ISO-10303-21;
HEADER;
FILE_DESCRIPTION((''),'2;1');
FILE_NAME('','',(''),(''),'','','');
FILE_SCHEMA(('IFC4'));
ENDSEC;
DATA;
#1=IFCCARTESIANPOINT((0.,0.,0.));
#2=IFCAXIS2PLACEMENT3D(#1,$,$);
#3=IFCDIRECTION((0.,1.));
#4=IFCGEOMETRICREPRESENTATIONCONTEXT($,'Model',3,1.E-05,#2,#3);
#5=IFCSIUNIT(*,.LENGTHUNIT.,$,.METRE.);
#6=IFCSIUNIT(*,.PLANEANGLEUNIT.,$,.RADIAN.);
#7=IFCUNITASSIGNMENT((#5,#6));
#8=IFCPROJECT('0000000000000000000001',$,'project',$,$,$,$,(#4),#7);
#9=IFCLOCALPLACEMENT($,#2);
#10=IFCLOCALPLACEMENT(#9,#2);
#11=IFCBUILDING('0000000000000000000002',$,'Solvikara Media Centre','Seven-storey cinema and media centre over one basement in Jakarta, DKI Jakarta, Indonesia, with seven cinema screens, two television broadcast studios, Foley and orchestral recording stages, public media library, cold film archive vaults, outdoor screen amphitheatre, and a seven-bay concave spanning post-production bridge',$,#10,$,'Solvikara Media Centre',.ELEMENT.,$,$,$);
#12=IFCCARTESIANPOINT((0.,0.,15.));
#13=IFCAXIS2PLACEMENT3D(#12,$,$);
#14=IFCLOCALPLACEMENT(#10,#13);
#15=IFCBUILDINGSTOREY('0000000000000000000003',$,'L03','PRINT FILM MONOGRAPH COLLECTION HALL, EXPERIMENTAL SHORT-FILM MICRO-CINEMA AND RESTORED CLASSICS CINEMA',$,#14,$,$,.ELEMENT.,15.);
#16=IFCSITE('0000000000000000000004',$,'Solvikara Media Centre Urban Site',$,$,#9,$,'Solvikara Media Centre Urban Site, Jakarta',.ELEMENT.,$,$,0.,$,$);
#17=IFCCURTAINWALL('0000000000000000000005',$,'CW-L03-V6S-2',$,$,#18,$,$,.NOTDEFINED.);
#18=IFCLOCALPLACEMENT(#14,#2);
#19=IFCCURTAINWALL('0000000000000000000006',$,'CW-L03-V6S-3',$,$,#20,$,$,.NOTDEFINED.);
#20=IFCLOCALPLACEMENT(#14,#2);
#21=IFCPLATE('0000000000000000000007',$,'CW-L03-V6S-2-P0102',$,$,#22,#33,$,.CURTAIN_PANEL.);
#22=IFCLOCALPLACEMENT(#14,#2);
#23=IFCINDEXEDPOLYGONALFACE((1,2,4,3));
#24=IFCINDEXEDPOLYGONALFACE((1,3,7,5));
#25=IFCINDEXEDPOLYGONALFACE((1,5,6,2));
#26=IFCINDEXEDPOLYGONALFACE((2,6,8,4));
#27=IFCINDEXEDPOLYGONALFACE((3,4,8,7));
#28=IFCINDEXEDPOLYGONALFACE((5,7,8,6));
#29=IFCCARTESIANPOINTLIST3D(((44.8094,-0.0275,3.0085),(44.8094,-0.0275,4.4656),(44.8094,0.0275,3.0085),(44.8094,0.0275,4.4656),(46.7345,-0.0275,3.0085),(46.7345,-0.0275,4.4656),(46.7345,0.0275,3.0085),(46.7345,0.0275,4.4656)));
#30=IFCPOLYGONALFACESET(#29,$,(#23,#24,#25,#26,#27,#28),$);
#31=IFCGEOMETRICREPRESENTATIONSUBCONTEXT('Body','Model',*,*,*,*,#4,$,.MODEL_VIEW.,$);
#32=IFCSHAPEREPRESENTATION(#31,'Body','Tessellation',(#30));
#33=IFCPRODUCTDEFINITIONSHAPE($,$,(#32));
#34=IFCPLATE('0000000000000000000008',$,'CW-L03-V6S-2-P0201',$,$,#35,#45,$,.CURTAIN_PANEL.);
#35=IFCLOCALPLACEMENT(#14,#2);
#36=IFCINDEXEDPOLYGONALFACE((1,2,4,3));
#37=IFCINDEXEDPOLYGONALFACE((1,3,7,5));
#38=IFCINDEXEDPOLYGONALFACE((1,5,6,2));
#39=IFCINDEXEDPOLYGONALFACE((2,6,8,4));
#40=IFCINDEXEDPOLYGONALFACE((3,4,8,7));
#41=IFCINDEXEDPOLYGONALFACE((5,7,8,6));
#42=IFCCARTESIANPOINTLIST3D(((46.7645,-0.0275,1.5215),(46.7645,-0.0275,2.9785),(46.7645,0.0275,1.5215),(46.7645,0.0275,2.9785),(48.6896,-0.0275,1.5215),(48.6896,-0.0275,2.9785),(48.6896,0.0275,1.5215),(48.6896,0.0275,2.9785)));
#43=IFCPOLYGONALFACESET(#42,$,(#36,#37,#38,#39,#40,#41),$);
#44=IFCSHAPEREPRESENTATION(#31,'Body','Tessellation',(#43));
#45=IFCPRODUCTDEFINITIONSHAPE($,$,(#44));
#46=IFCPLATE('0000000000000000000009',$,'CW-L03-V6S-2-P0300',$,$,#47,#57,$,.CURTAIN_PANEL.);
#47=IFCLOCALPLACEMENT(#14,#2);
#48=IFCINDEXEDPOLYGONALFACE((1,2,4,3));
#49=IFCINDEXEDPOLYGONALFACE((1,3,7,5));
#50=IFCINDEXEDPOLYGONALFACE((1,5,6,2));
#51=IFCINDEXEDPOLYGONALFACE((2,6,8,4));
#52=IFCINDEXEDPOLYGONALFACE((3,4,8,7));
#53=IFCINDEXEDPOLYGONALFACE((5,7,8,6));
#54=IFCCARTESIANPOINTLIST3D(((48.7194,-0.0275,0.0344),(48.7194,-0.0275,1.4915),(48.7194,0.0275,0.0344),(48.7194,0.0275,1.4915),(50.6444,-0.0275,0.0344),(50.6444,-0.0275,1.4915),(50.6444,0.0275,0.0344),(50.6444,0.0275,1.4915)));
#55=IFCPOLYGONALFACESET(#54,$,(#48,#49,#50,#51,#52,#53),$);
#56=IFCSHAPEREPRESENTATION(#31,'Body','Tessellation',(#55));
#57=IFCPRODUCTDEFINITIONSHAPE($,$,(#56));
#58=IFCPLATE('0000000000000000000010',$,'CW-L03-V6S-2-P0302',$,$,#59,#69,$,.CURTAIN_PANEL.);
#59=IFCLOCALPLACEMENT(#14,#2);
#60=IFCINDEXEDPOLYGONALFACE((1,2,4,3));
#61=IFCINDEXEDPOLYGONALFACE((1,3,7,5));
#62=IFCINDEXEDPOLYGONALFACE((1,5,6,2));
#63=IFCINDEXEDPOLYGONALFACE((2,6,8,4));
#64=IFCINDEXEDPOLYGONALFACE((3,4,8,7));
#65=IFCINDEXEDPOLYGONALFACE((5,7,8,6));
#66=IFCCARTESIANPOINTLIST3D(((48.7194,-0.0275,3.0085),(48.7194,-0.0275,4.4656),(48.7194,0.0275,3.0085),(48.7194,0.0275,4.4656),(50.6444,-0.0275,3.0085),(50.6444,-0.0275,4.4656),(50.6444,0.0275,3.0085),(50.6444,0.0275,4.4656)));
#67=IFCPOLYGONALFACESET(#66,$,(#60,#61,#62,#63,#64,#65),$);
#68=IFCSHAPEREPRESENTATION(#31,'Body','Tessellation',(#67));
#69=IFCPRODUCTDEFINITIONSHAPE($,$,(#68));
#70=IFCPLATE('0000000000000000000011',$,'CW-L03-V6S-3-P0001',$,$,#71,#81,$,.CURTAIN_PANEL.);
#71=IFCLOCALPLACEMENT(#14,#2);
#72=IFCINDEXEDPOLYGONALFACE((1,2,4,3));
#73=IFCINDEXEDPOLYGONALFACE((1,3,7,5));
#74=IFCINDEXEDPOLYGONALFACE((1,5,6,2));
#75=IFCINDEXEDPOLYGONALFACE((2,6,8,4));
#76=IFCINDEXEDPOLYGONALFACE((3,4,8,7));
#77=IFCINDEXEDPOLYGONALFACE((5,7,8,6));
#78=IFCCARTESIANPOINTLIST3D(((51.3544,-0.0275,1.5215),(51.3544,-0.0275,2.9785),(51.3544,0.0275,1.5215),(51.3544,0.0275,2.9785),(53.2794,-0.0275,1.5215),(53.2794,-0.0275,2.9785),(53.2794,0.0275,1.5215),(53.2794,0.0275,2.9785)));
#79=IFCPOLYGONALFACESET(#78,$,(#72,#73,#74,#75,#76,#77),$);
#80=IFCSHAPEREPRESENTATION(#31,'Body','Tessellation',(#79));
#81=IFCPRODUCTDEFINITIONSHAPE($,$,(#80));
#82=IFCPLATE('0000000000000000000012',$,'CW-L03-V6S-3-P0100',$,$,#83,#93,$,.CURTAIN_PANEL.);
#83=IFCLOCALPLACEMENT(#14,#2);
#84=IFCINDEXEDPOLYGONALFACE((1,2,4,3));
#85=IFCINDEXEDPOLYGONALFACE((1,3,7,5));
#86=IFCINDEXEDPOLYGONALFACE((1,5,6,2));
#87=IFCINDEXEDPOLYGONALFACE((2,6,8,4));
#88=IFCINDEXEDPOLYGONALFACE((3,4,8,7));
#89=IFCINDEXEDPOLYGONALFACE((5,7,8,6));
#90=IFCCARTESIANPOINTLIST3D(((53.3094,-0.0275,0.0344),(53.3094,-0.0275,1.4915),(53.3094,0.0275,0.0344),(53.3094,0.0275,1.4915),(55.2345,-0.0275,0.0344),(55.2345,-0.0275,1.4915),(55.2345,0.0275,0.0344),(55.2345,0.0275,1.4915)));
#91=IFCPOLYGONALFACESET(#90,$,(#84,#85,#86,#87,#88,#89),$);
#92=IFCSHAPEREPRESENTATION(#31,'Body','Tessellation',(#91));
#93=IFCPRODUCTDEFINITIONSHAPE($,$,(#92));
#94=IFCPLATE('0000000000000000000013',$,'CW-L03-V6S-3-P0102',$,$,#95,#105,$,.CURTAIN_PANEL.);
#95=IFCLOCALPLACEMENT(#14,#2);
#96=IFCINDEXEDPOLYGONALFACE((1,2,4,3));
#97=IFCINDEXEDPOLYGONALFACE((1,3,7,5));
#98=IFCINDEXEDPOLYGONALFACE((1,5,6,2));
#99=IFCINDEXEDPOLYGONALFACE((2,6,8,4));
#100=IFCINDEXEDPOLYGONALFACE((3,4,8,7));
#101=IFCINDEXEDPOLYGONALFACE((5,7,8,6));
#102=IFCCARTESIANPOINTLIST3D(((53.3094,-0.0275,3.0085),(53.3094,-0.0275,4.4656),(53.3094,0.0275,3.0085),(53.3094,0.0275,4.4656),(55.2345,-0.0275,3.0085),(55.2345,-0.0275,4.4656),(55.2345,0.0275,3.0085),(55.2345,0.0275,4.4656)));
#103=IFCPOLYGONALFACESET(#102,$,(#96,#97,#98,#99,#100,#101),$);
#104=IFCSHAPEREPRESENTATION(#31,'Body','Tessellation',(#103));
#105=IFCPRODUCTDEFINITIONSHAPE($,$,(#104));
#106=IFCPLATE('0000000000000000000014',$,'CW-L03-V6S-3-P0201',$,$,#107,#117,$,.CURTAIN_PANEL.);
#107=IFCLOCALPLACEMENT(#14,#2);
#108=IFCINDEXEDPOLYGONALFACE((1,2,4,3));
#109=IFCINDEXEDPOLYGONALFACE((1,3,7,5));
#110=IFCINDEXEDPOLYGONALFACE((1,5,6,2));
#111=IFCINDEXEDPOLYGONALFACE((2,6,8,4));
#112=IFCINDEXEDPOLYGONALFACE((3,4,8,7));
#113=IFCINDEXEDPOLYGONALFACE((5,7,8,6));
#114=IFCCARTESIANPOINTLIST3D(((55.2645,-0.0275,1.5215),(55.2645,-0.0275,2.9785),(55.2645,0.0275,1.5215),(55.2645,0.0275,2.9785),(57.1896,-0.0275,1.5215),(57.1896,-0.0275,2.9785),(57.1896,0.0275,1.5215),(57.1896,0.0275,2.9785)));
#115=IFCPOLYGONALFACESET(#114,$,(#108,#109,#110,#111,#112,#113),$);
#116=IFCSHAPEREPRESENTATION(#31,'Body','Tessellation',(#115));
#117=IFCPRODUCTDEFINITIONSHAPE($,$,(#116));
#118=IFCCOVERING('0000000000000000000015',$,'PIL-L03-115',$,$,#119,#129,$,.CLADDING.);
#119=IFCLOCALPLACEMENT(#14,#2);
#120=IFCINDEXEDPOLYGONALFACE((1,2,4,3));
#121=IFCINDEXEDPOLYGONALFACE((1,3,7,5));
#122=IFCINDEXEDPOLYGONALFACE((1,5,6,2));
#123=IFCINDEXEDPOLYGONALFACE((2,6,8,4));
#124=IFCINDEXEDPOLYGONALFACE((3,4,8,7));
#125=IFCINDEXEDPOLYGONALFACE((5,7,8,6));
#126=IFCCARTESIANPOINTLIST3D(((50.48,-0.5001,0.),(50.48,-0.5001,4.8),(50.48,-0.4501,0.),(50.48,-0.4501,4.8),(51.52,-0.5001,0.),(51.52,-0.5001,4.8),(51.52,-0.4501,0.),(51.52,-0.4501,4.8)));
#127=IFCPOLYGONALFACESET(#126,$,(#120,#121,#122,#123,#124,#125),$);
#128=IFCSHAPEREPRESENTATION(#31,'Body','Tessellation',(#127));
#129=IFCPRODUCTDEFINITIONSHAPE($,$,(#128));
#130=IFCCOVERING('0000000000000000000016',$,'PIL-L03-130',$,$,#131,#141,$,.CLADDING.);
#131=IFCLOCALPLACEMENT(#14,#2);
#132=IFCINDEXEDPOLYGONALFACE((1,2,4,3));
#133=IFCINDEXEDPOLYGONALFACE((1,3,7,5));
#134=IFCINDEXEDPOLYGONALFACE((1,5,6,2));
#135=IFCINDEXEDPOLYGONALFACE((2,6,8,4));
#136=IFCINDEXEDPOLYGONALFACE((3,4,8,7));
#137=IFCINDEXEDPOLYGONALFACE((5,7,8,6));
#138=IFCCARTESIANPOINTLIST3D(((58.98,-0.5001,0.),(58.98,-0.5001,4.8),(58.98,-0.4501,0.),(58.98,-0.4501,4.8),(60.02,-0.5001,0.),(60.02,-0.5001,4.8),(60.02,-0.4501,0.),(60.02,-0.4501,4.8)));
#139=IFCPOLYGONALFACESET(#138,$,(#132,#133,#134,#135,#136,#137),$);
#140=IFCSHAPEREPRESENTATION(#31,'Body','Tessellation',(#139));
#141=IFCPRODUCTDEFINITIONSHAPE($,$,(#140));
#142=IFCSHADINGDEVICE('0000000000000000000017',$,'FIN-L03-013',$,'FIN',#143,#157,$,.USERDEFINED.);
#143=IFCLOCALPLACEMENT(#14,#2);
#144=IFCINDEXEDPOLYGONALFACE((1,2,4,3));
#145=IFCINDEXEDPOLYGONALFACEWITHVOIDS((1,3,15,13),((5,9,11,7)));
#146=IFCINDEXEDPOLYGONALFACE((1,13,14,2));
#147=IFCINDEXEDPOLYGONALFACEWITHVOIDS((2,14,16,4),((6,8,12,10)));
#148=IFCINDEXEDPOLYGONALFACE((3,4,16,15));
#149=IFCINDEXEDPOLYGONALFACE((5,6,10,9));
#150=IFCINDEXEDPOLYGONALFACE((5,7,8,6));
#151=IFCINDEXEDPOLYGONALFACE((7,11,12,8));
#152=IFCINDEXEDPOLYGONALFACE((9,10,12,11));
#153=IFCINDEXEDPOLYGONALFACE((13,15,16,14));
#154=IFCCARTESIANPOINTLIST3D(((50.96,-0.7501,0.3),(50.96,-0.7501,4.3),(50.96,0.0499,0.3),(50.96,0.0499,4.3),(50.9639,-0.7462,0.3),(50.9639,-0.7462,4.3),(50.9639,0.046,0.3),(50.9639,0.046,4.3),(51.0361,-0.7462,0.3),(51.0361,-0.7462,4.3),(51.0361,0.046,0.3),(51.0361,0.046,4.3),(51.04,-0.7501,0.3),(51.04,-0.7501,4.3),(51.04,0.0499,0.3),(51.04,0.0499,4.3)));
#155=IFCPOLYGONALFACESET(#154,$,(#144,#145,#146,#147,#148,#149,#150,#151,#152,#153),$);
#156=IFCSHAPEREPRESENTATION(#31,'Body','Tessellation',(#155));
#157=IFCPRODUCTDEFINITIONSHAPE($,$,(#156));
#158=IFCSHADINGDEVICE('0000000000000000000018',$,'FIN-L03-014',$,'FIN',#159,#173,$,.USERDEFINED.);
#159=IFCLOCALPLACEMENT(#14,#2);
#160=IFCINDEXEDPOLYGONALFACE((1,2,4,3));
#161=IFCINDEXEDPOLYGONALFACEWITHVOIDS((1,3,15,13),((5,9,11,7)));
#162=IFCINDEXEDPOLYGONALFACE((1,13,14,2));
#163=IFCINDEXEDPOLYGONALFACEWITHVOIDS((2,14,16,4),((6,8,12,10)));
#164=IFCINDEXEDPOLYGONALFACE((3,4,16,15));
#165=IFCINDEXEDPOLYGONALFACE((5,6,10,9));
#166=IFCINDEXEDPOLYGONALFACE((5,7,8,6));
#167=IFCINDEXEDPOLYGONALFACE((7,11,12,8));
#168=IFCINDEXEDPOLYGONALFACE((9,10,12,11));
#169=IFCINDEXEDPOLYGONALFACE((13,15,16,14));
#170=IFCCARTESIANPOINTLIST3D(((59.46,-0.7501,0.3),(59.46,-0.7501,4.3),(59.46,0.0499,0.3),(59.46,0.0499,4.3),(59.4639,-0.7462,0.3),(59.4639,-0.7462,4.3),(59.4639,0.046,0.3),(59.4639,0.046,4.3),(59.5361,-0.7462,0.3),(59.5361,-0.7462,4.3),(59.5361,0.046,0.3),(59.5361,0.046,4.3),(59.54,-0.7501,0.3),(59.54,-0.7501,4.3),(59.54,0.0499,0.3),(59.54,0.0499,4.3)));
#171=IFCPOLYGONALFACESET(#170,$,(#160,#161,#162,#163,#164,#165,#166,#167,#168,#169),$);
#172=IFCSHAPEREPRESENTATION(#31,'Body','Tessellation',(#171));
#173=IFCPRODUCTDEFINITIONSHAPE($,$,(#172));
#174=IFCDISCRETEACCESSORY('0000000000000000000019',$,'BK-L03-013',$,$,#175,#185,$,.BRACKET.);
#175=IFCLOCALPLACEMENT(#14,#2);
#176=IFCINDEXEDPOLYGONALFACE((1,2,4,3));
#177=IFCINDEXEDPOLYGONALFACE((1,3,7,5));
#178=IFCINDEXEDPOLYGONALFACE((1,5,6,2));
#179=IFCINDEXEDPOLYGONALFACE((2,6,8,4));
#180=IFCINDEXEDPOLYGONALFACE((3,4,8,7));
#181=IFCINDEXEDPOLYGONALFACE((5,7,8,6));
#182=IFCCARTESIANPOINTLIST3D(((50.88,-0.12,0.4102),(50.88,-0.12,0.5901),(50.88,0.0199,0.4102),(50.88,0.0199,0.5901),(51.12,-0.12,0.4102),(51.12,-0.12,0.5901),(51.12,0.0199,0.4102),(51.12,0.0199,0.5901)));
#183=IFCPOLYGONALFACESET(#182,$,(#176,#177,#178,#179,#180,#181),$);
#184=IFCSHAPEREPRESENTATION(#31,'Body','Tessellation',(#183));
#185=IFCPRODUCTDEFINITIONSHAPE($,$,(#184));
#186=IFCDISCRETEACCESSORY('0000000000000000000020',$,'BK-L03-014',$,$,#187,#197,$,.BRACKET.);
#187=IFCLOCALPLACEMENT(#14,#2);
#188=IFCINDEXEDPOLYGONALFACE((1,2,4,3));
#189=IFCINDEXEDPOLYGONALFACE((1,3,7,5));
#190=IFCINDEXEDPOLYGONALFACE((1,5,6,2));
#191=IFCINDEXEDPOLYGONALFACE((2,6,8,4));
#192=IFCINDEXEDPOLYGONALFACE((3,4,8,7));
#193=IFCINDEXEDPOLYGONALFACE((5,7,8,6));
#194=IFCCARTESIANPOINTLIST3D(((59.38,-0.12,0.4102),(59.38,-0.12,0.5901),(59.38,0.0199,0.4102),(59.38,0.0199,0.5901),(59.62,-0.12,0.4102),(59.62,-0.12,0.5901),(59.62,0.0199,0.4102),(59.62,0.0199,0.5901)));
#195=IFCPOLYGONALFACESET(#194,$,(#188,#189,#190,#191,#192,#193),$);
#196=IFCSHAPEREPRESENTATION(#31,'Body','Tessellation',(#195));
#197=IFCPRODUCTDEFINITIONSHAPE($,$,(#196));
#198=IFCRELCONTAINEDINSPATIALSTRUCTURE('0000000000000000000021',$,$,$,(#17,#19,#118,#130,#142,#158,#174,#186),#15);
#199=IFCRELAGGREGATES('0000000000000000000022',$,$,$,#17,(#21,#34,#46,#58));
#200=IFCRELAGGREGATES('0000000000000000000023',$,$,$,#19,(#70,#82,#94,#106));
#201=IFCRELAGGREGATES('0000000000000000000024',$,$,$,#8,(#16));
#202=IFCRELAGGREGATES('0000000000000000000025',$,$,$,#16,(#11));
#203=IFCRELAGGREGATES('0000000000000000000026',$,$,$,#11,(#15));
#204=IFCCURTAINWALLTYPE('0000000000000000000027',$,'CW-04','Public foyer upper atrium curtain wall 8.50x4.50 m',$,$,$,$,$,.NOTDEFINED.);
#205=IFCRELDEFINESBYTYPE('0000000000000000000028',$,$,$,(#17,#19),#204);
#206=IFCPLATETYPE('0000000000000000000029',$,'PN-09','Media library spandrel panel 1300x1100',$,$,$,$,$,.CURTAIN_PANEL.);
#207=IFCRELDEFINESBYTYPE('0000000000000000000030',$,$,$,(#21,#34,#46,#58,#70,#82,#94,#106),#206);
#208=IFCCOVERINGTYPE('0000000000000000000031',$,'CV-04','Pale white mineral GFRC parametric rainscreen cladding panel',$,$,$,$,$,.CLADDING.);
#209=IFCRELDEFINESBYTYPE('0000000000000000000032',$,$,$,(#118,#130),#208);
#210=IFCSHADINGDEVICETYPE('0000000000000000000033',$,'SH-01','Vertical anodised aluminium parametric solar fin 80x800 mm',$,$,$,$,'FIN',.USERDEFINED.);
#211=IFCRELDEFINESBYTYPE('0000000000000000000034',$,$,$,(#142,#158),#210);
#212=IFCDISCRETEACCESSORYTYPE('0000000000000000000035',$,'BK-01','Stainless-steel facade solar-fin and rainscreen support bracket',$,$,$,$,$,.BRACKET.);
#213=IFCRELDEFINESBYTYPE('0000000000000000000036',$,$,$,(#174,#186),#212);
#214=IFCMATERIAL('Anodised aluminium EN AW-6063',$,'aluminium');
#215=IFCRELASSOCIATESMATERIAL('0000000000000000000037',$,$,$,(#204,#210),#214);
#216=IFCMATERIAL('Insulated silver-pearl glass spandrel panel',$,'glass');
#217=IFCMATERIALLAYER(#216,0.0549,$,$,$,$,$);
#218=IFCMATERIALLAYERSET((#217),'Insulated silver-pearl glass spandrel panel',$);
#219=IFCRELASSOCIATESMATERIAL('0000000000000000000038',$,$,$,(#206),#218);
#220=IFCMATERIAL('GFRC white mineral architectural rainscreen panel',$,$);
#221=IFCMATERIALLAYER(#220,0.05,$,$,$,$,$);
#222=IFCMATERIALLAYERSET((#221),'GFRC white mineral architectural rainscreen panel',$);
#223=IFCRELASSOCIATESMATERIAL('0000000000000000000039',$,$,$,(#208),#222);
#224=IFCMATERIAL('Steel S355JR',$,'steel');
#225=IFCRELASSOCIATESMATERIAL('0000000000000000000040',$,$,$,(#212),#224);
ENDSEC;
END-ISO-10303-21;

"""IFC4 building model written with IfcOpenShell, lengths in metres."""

from ifc_helpers import new_model, si_unit, direction, frame, origin, origin_2d, place, context, subcontext, project, spatial, rectangle, hollow_rectangle, extrude, material, layer, layer_set, material_profile, profile_set, type_object, element, aggregate, save


model = new_model("IFC4")

# Units and contexts
model_context = context("Model", 3, precision=1e-05, world=origin(), true_north=direction((0.0, 1.0)))
body_context = subcontext(model_context, "Body", "Model", "MODEL_VIEW")
ifc_project = project(units=[si_unit("LENGTHUNIT", "METRE"), si_unit("PLANEANGLEUNIT", "RADIAN")], contexts=[model_context])

# Site, building, storey
site_placement = place(None, origin())
site = spatial("IfcSite", under=ifc_project, at=site_placement, Name="Solvikara Media Centre Urban Site", LongName="Solvikara Media Centre Urban Site, Jakarta", CompositionType="ELEMENT", RefElevation=0.0)
building_placement = place(site_placement, origin())
building = spatial("IfcBuilding", under=site, at=building_placement, Name="Solvikara Media Centre", Description="Seven-storey cinema and media centre over one basement in Jakarta, DKI Jakarta, Indonesia, with seven cinema screens, two television broadcast studios, Foley and orchestral recording stages, public media library, cold film archive vaults, outdoor screen amphitheatre, and a seven-bay concave spanning post-production bridge", LongName="Solvikara Media Centre", CompositionType="ELEMENT")
storey_placement = place(building_placement, frame((0.0, 0.0, 15.0)))
storey = spatial("IfcBuildingStorey", under=building, at=storey_placement, Name="L03", Description="PRINT FILM MONOGRAPH COLLECTION HALL, EXPERIMENTAL SHORT-FILM MICRO-CINEMA AND RESTORED CLASSICS CINEMA", CompositionType="ELEMENT", Elevation=15.0)

# Shared definitions
ifc_material_1 = material(Name="Steel S355JR", Category="steel")

# Curtain walls
ifc_material_2 = material(Name="Anodised aluminium EN AW-6063", Category="aluminium")
curtain_wall_type = type_object("IfcCurtainWallType", Name="CW-04", Description="Public foyer upper atrium curtain wall 8.50x4.50 m", PredefinedType="NOTDEFINED", material=ifc_material_2)
curtain_wall_1_placement = place(storey_placement, origin())
curtain_wall_1 = element("IfcCurtainWall", 1, at=curtain_wall_1_placement, inside=storey, type_object=curtain_wall_type, Name="CW-L03-V6S-2", PredefinedType="NOTDEFINED")
curtain_wall_2_placement = place(storey_placement, origin())
curtain_wall_2 = element("IfcCurtainWall", 2, at=curtain_wall_2_placement, inside=storey, type_object=curtain_wall_type, Name="CW-L03-V6S-3", PredefinedType="NOTDEFINED")

# Plates
ifc_material_3 = material(Name="Insulated silver-pearl glass spandrel panel", Category="glass")
ifc_layer_1 = layer(ifc_material_3, 0.0549)
ifc_layer_set_1 = layer_set([ifc_layer_1], Name="Insulated silver-pearl glass spandrel panel")
plate_type_1 = type_object("IfcPlateType", Name="PN-09", Description="Media library spandrel panel 1300x1100", PredefinedType="CURTAIN_PANEL", material=ifc_layer_set_1)
plate_1_placement = place(storey_placement, frame((45.772, 0.0, 3.0085), z_axis=(0.0, 0.0, 1.0), x_axis=(1.0, 0.0, 0.0)))
plate_1 = element("IfcPlate", 3, at=plate_1_placement, type_object=plate_type_1, Name="CW-L03-V6S-2-P0102", PredefinedType="CURTAIN_PANEL", context=body_context, shape_type="SweptSolid", body=[
    extrude(rectangle(XDim=1.925, YDim=0.0549, at=origin_2d()), origin(), (0.0, 0.0, 1.0), 1.457),
])
plate_2_placement = place(storey_placement, frame((47.7271, 0.0, 1.5215), z_axis=(0.0, 0.0, 1.0), x_axis=(1.0, 0.0, 0.0)))
plate_2 = element("IfcPlate", 4, at=plate_2_placement, type_object=plate_type_1, Name="CW-L03-V6S-2-P0201", PredefinedType="CURTAIN_PANEL", context=body_context, shape_type="SweptSolid", body=[
    extrude(rectangle(XDim=1.925, YDim=0.0549, at=origin_2d()), origin(), (0.0, 0.0, 1.0), 1.457),
])
plate_3_placement = place(storey_placement, frame((49.6819, 0.0, 0.0344), z_axis=(0.0, 0.0, 1.0), x_axis=(1.0, 0.0, 0.0)))
plate_3 = element("IfcPlate", 5, at=plate_3_placement, type_object=plate_type_1, Name="CW-L03-V6S-2-P0300", PredefinedType="CURTAIN_PANEL", context=body_context, shape_type="SweptSolid", body=[
    extrude(rectangle(XDim=1.925, YDim=0.0549, at=origin_2d()), origin(), (0.0, 0.0, 1.0), 1.457),
])
plate_4_placement = place(storey_placement, frame((49.6819, 0.0, 3.0085), z_axis=(0.0, 0.0, 1.0), x_axis=(1.0, 0.0, 0.0)))
plate_4 = element("IfcPlate", 6, at=plate_4_placement, type_object=plate_type_1, Name="CW-L03-V6S-2-P0302", PredefinedType="CURTAIN_PANEL", context=body_context, shape_type="SweptSolid", body=[
    extrude(rectangle(XDim=1.925, YDim=0.0549, at=origin_2d()), origin(), (0.0, 0.0, 1.0), 1.457),
])
aggregate(curtain_wall_1, [plate_1, plate_2, plate_3, plate_4])
plate_5_placement = place(storey_placement, frame((52.3169, 0.0, 1.5215), z_axis=(0.0, 0.0, 1.0), x_axis=(1.0, 0.0, 0.0)))
plate_5 = element("IfcPlate", 7, at=plate_5_placement, type_object=plate_type_1, Name="CW-L03-V6S-3-P0001", PredefinedType="CURTAIN_PANEL", context=body_context, shape_type="SweptSolid", body=[
    extrude(rectangle(XDim=1.925, YDim=0.0549, at=origin_2d()), origin(), (0.0, 0.0, 1.0), 1.457),
])
plate_6_placement = place(storey_placement, frame((54.272, 0.0, 0.0344), z_axis=(0.0, 0.0, 1.0), x_axis=(1.0, 0.0, 0.0)))
plate_6 = element("IfcPlate", 8, at=plate_6_placement, type_object=plate_type_1, Name="CW-L03-V6S-3-P0100", PredefinedType="CURTAIN_PANEL", context=body_context, shape_type="SweptSolid", body=[
    extrude(rectangle(XDim=1.925, YDim=0.0549, at=origin_2d()), origin(), (0.0, 0.0, 1.0), 1.457),
])
plate_7_placement = place(storey_placement, frame((54.272, 0.0, 3.0085), z_axis=(0.0, 0.0, 1.0), x_axis=(1.0, 0.0, 0.0)))
plate_7 = element("IfcPlate", 9, at=plate_7_placement, type_object=plate_type_1, Name="CW-L03-V6S-3-P0102", PredefinedType="CURTAIN_PANEL", context=body_context, shape_type="SweptSolid", body=[
    extrude(rectangle(XDim=1.925, YDim=0.0549, at=origin_2d()), origin(), (0.0, 0.0, 1.0), 1.457),
])
plate_8_placement = place(storey_placement, frame((56.2271, 0.0, 1.5215), z_axis=(0.0, 0.0, 1.0), x_axis=(1.0, 0.0, 0.0)))
plate_8 = element("IfcPlate", 10, at=plate_8_placement, type_object=plate_type_1, Name="CW-L03-V6S-3-P0201", PredefinedType="CURTAIN_PANEL", context=body_context, shape_type="SweptSolid", body=[
    extrude(rectangle(XDim=1.925, YDim=0.0549, at=origin_2d()), origin(), (0.0, 0.0, 1.0), 1.457),
])
aggregate(curtain_wall_2, [plate_5, plate_6, plate_7, plate_8])

# Coverings
ifc_material_4 = material(Name="GFRC white mineral architectural rainscreen panel")
ifc_layer_2 = layer(ifc_material_4, 0.05)
ifc_layer_set_2 = layer_set([ifc_layer_2], Name="GFRC white mineral architectural rainscreen panel")
covering_type = type_object("IfcCoveringType", Name="CV-04", Description="Pale white mineral GFRC parametric rainscreen cladding panel", PredefinedType="CLADDING", material=ifc_layer_set_2)
for number, where, z_axis, x_axis, name in (
    (11, (51.0, -0.4751, 0.0), (0.0, 0.0, 1.0), (1.0, 0.0, 0.0), "PIL-L03-115"),
    (12, (59.5, -0.4751, 0.0), (0.0, 0.0, 1.0), (1.0, 0.0, 0.0), "PIL-L03-130"),
):
    element("IfcCovering", number, at=place(storey_placement, frame(where, z_axis=z_axis, x_axis=x_axis)), inside=storey, type_object=covering_type, Name=name, PredefinedType="CLADDING", context=body_context, shape_type="SweptSolid", body=[
        extrude(rectangle(XDim=1.04, YDim=0.05, at=origin_2d()), origin(), (0.0, 0.0, 1.0), 4.8),
    ])

# Shading devices
ifc_material_profile_1 = material_profile(ifc_material_2, hollow_rectangle(XDim=0.0801, YDim=0.8, WallThickness=0.0039, at=origin_2d()), Name="ALU-FIN 80x800x4")
ifc_profile_set_1 = profile_set([ifc_material_profile_1], Name="Anodised aluminium EN AW-6063")
shading_device_type = type_object("IfcShadingDeviceType", Name="SH-01", Description="Vertical anodised aluminium parametric solar fin 80x800 mm", ElementType="FIN", PredefinedType="USERDEFINED", material=ifc_profile_set_1)
for number, where, z_axis, x_axis, name in (
    (13, (51.0, -0.3501, 0.3), (0.0, 0.0, 1.0), (1.0, 0.0, 0.0), "FIN-L03-013"),
    (14, (59.5, -0.3501, 0.3), (0.0, 0.0, 1.0), (1.0, 0.0, 0.0), "FIN-L03-014"),
):
    element("IfcShadingDevice", number, at=place(storey_placement, frame(where, z_axis=z_axis, x_axis=x_axis)), inside=storey, type_object=shading_device_type, Name=name, ObjectType="FIN", PredefinedType="USERDEFINED", context=body_context, shape_type="SweptSolid", body=[
        extrude(hollow_rectangle(XDim=0.0801, YDim=0.8, WallThickness=0.0039, at=origin_2d()), origin(), (0.0, 0.0, 1.0), 4.0),
    ])

# Discrete accessories
discrete_accessory_type = type_object("IfcDiscreteAccessoryType", Name="BK-01", Description="Stainless-steel facade solar-fin and rainscreen support bracket", PredefinedType="BRACKET", material=ifc_material_1)
for number, where, z_axis, x_axis, name in (
    (15, (51.0, -0.05, 0.4102), (0.0, 0.0, 1.0), (1.0, 0.0, 0.0), "BK-L03-013"),
    (16, (59.5, -0.05, 0.4102), (0.0, 0.0, 1.0), (1.0, 0.0, 0.0), "BK-L03-014"),
):
    element("IfcDiscreteAccessory", number, at=place(storey_placement, frame(where, z_axis=z_axis, x_axis=x_axis)), inside=storey, type_object=discrete_accessory_type, Name=name, PredefinedType="BRACKET", context=body_context, shape_type="SweptSolid", body=[
        extrude(rectangle(XDim=0.24, YDim=0.1399, at=origin_2d()), origin(), (0.0, 0.0, 1.0), 0.1799),
    ])

save(model, "model.ifc")
